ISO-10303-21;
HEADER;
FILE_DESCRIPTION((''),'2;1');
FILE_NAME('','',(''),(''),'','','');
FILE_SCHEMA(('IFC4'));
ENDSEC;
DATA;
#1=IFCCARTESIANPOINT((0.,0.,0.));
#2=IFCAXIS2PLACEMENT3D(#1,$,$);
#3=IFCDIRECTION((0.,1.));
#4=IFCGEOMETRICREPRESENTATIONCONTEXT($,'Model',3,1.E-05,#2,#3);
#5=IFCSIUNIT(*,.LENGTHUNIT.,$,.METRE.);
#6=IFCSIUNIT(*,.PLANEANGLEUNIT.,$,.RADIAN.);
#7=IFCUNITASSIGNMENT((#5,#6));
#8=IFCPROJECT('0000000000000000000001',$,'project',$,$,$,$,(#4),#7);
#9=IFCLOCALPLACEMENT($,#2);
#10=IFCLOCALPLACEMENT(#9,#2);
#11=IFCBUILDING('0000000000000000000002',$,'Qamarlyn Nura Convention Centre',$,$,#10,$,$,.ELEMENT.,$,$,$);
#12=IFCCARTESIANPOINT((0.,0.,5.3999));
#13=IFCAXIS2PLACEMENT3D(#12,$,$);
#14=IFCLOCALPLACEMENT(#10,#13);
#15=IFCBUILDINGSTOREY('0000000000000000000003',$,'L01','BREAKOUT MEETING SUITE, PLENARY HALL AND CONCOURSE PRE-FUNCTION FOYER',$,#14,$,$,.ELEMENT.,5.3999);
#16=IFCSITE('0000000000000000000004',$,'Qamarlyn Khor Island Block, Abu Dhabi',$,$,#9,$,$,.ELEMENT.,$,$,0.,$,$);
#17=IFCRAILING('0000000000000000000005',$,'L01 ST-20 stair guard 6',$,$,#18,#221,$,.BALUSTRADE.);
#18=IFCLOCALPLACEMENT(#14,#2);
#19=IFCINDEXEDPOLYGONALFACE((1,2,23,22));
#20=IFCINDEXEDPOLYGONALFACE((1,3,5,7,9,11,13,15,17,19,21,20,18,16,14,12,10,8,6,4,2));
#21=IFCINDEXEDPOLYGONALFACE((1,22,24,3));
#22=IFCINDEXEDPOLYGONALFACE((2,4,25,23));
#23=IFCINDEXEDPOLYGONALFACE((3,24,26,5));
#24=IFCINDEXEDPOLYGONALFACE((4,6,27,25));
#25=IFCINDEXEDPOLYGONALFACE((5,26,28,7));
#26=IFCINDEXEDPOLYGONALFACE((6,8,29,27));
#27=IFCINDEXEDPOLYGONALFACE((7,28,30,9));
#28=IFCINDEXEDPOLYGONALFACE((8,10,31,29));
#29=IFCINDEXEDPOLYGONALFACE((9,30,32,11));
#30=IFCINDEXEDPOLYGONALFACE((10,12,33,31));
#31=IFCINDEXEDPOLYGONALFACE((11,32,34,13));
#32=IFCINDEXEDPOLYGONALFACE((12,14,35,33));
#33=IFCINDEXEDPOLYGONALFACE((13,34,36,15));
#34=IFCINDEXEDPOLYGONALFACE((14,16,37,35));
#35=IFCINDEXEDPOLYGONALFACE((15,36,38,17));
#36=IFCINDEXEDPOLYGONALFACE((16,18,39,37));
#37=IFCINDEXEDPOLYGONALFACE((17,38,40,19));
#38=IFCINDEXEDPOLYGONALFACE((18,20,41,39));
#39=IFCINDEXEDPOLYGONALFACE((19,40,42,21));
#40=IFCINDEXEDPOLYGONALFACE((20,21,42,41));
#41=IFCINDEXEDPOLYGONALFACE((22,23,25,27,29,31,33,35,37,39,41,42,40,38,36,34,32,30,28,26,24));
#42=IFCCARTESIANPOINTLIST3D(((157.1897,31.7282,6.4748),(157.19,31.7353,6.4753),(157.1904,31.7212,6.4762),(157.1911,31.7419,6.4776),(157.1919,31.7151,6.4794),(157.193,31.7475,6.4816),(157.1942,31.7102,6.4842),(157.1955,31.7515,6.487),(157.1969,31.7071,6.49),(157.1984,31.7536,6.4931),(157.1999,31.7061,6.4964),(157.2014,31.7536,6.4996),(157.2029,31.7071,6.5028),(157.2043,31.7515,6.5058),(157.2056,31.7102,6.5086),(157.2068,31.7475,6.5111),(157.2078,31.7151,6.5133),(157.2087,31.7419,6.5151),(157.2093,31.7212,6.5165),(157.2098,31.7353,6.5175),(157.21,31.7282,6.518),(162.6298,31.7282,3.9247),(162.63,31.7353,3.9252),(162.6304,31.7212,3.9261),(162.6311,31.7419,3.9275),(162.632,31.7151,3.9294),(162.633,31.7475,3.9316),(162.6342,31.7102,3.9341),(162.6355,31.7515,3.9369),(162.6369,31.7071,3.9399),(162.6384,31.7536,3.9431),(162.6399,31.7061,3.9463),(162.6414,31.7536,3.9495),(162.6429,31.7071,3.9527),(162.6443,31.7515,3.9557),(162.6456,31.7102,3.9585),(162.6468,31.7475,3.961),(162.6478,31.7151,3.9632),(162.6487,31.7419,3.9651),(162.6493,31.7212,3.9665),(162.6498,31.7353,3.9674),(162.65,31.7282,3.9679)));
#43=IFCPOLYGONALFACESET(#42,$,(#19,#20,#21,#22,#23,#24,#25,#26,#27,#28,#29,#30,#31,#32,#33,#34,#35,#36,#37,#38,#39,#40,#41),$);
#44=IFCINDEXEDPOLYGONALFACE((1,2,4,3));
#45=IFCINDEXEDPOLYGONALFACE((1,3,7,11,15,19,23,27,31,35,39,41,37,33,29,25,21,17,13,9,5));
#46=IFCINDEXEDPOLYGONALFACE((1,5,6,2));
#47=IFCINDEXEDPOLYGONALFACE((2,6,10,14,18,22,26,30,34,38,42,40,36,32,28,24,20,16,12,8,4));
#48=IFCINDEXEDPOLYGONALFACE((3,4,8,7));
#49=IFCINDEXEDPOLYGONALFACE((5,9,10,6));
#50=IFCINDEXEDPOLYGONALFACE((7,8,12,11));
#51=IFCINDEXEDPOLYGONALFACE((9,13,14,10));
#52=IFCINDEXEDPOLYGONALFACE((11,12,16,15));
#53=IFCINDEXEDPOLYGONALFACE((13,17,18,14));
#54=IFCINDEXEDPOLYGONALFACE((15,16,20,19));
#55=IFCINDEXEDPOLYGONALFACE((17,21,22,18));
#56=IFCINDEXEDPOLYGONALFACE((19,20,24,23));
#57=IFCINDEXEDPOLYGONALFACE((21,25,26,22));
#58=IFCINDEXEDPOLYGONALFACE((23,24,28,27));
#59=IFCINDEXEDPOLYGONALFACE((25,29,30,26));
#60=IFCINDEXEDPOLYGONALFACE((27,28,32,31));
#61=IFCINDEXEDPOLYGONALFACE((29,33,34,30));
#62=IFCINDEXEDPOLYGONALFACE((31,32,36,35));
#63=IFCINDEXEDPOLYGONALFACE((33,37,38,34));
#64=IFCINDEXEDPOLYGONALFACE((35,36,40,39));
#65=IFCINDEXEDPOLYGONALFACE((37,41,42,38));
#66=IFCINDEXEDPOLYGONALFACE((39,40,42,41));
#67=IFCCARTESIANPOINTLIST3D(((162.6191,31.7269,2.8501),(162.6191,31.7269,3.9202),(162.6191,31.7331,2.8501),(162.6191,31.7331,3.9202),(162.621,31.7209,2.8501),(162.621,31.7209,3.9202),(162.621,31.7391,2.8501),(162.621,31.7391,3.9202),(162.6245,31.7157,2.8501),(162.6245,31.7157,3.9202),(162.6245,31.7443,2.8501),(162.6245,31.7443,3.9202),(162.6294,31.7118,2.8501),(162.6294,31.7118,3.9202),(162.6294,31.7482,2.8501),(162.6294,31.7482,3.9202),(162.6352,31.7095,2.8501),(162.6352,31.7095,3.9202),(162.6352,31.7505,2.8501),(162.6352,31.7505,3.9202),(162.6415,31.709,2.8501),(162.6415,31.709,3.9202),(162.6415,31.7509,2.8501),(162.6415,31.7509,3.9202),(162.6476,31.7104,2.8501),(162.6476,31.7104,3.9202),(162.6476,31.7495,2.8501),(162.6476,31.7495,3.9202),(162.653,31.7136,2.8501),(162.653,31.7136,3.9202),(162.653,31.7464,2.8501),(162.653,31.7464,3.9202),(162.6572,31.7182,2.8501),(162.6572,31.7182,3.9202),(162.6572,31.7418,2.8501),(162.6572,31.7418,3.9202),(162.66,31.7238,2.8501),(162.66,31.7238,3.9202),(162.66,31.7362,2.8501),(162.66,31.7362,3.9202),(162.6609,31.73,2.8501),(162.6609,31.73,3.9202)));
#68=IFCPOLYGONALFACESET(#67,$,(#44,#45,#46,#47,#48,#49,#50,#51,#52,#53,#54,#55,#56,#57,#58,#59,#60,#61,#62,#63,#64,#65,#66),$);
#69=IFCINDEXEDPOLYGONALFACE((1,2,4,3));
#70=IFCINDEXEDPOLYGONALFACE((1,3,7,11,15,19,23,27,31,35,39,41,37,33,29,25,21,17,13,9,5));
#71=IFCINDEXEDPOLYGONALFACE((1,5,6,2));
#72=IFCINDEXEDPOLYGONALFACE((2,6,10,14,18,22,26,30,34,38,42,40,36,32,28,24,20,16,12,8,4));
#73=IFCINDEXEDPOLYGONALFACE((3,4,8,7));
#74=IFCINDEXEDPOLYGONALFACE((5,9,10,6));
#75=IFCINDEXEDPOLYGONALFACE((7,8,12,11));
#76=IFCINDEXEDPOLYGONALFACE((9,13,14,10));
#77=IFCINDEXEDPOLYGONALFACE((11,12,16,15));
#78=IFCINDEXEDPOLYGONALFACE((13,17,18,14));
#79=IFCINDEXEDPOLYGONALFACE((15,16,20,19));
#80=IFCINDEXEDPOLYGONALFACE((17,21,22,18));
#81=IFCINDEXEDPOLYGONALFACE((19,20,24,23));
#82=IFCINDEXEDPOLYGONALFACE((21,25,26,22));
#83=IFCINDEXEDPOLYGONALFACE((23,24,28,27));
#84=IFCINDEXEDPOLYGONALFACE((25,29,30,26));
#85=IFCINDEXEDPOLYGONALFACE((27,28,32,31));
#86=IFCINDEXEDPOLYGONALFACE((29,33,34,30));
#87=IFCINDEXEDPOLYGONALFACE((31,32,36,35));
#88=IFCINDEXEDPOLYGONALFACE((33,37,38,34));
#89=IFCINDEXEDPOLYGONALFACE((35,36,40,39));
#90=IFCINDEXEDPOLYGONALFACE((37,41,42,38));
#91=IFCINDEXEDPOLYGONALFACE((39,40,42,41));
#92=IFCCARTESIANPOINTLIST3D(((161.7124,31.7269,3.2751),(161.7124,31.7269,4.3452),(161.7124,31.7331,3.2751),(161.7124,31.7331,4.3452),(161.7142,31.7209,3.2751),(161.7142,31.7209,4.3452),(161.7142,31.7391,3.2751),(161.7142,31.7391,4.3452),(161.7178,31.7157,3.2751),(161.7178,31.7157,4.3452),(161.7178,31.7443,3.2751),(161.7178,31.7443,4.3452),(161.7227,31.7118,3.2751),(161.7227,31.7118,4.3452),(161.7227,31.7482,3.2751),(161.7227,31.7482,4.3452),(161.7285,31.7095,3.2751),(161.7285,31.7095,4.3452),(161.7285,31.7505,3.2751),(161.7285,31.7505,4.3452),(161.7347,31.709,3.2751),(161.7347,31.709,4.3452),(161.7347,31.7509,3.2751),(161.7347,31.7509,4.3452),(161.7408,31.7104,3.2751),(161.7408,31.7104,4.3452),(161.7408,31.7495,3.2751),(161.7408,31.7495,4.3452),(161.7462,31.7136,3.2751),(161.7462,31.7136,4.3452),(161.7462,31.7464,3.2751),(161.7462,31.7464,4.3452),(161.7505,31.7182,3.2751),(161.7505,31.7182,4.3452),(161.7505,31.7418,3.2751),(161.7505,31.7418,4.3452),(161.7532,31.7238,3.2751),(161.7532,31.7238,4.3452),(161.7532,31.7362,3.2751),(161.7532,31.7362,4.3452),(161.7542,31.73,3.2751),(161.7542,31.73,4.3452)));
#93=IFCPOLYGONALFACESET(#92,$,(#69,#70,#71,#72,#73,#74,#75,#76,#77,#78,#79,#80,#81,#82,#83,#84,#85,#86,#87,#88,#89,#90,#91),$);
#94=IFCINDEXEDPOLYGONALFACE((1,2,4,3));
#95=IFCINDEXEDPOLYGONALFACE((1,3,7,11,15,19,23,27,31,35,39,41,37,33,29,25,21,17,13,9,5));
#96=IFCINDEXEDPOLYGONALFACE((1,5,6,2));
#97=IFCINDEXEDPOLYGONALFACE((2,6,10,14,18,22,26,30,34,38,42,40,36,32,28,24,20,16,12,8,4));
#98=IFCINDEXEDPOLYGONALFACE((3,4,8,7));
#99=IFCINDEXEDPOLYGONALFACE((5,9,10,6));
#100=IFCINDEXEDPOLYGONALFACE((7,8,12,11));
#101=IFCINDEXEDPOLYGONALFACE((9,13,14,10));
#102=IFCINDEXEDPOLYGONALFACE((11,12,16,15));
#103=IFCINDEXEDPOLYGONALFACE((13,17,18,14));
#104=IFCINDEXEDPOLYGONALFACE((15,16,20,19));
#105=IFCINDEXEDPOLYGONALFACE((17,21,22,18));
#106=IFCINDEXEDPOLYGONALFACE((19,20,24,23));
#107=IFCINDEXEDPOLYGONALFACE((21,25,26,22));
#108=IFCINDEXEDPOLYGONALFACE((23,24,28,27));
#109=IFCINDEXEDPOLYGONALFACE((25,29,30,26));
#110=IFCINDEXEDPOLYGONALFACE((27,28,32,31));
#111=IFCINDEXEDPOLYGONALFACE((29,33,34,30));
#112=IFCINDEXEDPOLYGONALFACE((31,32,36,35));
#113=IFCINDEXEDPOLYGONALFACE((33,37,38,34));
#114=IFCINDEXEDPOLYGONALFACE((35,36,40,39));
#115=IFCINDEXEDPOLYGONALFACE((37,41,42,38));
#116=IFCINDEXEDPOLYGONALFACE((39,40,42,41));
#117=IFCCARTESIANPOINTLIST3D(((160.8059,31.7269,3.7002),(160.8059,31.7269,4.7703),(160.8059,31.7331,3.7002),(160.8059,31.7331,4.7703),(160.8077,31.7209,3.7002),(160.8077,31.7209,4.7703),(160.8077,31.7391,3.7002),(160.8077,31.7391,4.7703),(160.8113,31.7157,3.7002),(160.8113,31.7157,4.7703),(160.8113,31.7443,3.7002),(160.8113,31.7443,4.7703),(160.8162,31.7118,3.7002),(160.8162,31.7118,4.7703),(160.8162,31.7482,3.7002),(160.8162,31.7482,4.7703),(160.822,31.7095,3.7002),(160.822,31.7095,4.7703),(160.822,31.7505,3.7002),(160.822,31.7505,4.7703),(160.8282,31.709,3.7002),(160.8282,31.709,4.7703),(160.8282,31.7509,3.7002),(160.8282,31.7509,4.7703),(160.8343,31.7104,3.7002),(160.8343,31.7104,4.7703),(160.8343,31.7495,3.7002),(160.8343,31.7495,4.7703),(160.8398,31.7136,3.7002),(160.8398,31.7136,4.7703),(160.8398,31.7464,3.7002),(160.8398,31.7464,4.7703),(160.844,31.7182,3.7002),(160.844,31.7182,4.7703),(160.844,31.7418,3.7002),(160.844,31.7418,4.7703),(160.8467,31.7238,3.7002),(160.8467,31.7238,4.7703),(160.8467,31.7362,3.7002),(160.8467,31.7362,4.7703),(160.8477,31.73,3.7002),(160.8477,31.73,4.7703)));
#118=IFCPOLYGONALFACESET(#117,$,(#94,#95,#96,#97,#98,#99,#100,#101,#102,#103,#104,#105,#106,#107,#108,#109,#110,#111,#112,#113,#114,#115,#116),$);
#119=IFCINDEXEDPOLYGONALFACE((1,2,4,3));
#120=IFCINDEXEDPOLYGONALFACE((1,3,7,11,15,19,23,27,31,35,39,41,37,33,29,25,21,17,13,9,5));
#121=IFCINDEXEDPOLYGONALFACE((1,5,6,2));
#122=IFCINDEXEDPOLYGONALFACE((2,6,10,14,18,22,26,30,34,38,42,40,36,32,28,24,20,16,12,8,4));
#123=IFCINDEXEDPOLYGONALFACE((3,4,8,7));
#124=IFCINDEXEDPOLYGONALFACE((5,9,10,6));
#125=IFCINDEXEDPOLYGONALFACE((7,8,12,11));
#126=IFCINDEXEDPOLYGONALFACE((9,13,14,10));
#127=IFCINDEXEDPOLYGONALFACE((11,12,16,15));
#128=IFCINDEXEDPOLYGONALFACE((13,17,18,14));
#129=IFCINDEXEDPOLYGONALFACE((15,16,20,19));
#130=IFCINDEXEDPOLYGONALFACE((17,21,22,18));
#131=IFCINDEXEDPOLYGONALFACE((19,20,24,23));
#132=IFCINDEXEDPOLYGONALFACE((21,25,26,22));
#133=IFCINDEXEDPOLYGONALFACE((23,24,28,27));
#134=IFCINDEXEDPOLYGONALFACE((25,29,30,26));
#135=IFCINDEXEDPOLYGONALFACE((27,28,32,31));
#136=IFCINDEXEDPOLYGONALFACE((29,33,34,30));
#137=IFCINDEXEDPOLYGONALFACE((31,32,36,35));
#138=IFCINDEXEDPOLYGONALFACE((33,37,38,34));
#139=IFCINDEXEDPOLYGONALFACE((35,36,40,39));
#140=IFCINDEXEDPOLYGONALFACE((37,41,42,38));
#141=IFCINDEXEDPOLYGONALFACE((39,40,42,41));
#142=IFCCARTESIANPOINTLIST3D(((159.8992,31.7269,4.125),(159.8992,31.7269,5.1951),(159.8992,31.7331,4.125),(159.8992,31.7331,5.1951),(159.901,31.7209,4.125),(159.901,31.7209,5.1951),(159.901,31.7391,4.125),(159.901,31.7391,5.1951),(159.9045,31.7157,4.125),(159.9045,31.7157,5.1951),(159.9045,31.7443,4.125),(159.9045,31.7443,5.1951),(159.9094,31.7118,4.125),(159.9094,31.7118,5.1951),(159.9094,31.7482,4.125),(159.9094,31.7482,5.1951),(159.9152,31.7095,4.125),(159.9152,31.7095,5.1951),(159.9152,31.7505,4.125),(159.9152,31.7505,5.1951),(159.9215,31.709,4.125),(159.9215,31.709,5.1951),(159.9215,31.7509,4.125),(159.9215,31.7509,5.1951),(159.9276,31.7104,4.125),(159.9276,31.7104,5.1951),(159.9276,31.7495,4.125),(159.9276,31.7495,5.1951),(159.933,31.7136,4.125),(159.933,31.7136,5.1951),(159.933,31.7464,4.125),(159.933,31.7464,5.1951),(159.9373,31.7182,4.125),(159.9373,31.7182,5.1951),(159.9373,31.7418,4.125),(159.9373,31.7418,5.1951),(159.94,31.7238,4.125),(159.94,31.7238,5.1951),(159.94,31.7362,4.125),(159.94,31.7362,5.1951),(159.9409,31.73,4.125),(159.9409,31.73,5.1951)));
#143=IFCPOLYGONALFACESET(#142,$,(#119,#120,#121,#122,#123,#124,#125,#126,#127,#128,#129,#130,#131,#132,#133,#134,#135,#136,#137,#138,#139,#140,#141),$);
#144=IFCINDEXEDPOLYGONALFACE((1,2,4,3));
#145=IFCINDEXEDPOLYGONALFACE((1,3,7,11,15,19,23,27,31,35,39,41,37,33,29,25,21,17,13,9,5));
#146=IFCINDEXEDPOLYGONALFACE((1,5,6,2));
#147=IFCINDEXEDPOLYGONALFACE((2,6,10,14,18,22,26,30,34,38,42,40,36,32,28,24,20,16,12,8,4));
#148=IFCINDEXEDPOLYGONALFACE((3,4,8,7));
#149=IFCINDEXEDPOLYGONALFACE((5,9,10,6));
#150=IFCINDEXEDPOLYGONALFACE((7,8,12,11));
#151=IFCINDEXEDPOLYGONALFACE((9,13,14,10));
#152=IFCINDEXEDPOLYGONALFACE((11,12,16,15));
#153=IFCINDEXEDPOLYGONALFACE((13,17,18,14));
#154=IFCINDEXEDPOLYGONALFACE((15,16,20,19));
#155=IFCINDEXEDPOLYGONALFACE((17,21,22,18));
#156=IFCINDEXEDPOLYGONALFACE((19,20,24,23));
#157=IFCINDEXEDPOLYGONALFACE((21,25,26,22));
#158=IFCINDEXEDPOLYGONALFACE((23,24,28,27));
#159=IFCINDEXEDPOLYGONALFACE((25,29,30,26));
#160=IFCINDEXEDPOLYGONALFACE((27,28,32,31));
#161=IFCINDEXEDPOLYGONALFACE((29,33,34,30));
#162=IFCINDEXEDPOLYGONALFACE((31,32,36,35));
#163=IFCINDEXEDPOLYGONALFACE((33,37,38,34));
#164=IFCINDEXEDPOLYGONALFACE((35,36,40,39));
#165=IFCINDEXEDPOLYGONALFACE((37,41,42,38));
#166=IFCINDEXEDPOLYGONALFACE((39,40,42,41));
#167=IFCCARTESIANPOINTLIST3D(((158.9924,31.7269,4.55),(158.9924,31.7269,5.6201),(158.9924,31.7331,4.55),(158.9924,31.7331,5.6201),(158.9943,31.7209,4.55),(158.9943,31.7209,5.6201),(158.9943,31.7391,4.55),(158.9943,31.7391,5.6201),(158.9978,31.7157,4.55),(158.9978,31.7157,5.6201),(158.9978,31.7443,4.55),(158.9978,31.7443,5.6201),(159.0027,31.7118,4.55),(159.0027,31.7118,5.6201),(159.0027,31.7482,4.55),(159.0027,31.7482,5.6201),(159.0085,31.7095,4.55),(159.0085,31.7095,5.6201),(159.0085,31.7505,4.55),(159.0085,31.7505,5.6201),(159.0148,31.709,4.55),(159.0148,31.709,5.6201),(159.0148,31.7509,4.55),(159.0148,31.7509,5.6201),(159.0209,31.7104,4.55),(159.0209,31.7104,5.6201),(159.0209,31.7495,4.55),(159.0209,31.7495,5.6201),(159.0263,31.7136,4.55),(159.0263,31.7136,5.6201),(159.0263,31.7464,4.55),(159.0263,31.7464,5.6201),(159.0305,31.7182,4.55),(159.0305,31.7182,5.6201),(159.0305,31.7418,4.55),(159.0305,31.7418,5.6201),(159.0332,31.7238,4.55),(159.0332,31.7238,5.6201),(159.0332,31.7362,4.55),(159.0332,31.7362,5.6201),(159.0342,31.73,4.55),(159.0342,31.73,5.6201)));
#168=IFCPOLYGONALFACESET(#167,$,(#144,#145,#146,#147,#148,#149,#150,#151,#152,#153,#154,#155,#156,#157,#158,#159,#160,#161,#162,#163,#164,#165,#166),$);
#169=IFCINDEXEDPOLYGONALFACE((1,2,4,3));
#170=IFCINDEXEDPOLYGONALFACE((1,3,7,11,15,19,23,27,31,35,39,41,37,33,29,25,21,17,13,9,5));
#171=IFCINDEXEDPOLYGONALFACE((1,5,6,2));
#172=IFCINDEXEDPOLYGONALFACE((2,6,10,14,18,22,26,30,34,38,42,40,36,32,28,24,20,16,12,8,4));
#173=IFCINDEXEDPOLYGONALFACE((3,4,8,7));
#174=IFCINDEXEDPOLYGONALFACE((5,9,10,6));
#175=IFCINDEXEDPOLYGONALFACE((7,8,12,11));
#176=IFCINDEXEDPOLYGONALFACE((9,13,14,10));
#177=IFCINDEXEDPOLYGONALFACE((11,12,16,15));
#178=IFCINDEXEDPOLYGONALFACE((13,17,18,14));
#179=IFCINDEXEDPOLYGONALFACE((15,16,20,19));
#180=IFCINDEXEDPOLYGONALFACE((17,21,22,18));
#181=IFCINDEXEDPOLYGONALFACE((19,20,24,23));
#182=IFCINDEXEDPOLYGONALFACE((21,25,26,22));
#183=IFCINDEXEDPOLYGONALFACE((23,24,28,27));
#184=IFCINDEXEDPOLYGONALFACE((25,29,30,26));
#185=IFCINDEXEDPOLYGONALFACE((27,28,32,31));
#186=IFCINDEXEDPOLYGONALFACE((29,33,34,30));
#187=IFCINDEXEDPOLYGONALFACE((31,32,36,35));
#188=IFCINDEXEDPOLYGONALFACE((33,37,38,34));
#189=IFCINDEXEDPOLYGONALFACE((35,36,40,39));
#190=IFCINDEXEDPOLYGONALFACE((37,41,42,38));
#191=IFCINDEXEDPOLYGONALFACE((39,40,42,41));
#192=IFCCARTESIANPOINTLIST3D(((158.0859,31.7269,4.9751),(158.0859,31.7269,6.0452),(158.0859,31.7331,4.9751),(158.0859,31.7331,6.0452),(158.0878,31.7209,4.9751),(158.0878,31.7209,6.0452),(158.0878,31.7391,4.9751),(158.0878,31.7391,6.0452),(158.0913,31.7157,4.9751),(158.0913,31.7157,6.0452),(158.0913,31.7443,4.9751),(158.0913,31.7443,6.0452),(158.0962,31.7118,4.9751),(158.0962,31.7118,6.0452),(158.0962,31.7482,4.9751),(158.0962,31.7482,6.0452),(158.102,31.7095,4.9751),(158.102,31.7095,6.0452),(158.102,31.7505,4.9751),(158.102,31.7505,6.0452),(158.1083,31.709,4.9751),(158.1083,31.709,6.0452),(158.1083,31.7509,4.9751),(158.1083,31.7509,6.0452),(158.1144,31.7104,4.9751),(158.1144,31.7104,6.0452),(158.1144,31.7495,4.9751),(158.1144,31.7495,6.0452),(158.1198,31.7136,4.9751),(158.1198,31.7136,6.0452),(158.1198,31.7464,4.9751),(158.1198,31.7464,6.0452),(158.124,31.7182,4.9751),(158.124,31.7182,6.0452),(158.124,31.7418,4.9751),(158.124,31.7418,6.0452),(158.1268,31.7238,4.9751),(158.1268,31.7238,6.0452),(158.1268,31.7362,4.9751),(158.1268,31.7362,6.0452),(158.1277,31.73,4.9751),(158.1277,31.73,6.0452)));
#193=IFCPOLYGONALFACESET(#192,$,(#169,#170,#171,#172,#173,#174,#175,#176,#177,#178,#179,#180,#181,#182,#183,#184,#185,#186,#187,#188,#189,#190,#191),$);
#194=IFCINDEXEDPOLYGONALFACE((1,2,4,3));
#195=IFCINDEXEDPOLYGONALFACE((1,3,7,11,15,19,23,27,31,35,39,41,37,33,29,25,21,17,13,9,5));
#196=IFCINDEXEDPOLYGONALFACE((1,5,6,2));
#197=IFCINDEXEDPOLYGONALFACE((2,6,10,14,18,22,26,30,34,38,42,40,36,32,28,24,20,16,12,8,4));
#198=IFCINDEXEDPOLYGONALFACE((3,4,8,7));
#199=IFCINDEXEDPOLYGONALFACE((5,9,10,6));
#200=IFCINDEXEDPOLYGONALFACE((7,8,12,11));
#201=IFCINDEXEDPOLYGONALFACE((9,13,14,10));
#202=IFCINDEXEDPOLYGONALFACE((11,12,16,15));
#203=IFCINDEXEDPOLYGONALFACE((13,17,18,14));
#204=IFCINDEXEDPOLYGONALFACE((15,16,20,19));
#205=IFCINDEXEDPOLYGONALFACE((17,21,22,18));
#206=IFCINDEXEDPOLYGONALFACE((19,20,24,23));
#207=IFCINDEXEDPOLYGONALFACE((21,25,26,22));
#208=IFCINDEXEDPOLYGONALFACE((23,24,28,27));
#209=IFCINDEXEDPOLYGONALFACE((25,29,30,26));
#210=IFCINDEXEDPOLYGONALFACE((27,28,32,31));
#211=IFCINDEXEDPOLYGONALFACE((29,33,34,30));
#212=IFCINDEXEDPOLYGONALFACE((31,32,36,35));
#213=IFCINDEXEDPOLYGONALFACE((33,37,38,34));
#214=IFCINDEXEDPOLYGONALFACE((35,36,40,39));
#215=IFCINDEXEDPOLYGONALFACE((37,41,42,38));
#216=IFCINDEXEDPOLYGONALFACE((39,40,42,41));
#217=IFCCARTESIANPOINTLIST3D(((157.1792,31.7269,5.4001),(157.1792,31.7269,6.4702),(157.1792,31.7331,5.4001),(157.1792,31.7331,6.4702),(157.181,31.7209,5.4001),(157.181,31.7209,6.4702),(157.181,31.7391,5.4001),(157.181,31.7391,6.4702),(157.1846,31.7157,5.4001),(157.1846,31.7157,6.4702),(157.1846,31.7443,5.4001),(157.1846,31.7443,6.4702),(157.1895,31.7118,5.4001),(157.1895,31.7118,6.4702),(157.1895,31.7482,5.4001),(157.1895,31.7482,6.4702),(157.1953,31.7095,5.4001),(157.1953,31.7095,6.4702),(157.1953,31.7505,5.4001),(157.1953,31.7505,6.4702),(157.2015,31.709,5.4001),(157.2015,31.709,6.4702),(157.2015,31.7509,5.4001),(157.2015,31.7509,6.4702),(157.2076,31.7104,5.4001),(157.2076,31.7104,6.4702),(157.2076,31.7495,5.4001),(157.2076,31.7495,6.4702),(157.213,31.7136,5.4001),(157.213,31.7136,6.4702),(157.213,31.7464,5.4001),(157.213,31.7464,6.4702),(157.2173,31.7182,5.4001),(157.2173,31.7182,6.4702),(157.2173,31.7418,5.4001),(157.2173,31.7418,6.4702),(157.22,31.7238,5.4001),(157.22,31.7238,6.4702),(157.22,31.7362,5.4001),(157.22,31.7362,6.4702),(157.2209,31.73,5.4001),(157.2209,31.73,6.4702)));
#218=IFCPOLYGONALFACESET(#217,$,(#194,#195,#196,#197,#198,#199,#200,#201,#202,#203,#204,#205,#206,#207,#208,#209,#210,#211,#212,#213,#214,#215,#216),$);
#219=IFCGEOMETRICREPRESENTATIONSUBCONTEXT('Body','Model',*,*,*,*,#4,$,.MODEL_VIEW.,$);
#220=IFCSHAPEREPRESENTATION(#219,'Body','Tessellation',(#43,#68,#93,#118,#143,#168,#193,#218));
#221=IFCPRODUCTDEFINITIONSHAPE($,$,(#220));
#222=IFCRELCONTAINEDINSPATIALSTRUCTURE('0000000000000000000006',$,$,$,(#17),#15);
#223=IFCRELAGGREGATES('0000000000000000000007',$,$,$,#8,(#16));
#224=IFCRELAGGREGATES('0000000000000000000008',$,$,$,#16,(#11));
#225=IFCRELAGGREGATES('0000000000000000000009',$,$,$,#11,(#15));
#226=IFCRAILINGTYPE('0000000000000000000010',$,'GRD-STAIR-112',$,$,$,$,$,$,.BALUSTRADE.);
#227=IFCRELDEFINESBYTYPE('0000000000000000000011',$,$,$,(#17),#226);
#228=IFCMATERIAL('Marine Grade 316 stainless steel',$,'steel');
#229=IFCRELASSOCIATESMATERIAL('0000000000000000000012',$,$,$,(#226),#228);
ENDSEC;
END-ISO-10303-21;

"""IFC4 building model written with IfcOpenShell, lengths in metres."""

from ifc_helpers import new_model, si_unit, direction, frame, origin, origin_2d, place, context, subcontext, project, spatial, circle, extrude, material, type_object, element, save


model = new_model("IFC4")

# Units and contexts
model_context = context("Model", 3, precision=1e-05, world=origin(), true_north=direction((0.0, 1.0)))
body_context = subcontext(model_context, "Body", "Model", "MODEL_VIEW")
ifc_project = project(units=[si_unit("LENGTHUNIT", "METRE"), si_unit("PLANEANGLEUNIT", "RADIAN")], contexts=[model_context])

# Site, building, storey
site_placement = place(None, origin())
site = spatial("IfcSite", under=ifc_project, at=site_placement, Name="Qamarlyn Khor Island Block, Abu Dhabi", CompositionType="ELEMENT", RefElevation=0.0)
building_placement = place(site_placement, origin())
building = spatial("IfcBuilding", under=site, at=building_placement, Name="Qamarlyn Nura Convention Centre", CompositionType="ELEMENT")
storey_placement = place(building_placement, frame((0.0, 0.0, 5.3999)))
storey = spatial("IfcBuildingStorey", under=building, at=storey_placement, Name="L01", Description="BREAKOUT MEETING SUITE, PLENARY HALL AND CONCOURSE PRE-FUNCTION FOYER", CompositionType="ELEMENT", Elevation=5.3999)

# Railing
ifc_material_1 = material(Name="Marine Grade 316 stainless steel", Category="steel")
railing_type_1 = type_object("IfcRailingType", Name="GRD-STAIR-112", PredefinedType="BALUSTRADE", material=ifc_material_1)
railing_1_placement = place(storey_placement, frame((162.6399, 31.73, 2.8501)))
element("IfcRailing", 1, at=railing_1_placement, inside=storey, type_object=railing_type_1, Name="L01 ST-20 stair guard 6", PredefinedType="BALUSTRADE", context=body_context, shape_type="SweptSolid", body=[
    extrude(circle(Radius=0.0239, at=origin_2d()), frame((0.0, 0.0, 1.0962), z_axis=(-0.905454, 0.0, 0.424444), x_axis=(0.0, -1.0, 0.0)), (0.0, 0.0, 1.0), 6.0081),
    extrude(circle(Radius=0.021, at=origin_2d()), origin(), (0.0, 0.0, 1.0), 1.0701),
    extrude(circle(Radius=0.021, at=origin_2d()), frame((-0.9067, 0.0, 0.425)), (0.0, 0.0, 1.0), 1.0701),
    extrude(circle(Radius=0.021, at=origin_2d()), frame((-1.8132, 0.0, 0.8501)), (0.0, 0.0, 1.0), 1.0701),
    extrude(circle(Radius=0.021, at=origin_2d()), frame((-2.72, 0.0, 1.2749)), (0.0, 0.0, 1.0), 1.0701),
    extrude(circle(Radius=0.021, at=origin_2d()), frame((-3.6267, 0.0, 1.7)), (0.0, 0.0, 1.0), 1.0701),
    extrude(circle(Radius=0.021, at=origin_2d()), frame((-4.5332, 0.0, 2.125)), (0.0, 0.0, 1.0), 1.0701),
    extrude(circle(Radius=0.021, at=origin_2d()), frame((-5.4399, 0.0, 2.55)), (0.0, 0.0, 1.0), 1.0701),
])

save(model, "model.ifc")
